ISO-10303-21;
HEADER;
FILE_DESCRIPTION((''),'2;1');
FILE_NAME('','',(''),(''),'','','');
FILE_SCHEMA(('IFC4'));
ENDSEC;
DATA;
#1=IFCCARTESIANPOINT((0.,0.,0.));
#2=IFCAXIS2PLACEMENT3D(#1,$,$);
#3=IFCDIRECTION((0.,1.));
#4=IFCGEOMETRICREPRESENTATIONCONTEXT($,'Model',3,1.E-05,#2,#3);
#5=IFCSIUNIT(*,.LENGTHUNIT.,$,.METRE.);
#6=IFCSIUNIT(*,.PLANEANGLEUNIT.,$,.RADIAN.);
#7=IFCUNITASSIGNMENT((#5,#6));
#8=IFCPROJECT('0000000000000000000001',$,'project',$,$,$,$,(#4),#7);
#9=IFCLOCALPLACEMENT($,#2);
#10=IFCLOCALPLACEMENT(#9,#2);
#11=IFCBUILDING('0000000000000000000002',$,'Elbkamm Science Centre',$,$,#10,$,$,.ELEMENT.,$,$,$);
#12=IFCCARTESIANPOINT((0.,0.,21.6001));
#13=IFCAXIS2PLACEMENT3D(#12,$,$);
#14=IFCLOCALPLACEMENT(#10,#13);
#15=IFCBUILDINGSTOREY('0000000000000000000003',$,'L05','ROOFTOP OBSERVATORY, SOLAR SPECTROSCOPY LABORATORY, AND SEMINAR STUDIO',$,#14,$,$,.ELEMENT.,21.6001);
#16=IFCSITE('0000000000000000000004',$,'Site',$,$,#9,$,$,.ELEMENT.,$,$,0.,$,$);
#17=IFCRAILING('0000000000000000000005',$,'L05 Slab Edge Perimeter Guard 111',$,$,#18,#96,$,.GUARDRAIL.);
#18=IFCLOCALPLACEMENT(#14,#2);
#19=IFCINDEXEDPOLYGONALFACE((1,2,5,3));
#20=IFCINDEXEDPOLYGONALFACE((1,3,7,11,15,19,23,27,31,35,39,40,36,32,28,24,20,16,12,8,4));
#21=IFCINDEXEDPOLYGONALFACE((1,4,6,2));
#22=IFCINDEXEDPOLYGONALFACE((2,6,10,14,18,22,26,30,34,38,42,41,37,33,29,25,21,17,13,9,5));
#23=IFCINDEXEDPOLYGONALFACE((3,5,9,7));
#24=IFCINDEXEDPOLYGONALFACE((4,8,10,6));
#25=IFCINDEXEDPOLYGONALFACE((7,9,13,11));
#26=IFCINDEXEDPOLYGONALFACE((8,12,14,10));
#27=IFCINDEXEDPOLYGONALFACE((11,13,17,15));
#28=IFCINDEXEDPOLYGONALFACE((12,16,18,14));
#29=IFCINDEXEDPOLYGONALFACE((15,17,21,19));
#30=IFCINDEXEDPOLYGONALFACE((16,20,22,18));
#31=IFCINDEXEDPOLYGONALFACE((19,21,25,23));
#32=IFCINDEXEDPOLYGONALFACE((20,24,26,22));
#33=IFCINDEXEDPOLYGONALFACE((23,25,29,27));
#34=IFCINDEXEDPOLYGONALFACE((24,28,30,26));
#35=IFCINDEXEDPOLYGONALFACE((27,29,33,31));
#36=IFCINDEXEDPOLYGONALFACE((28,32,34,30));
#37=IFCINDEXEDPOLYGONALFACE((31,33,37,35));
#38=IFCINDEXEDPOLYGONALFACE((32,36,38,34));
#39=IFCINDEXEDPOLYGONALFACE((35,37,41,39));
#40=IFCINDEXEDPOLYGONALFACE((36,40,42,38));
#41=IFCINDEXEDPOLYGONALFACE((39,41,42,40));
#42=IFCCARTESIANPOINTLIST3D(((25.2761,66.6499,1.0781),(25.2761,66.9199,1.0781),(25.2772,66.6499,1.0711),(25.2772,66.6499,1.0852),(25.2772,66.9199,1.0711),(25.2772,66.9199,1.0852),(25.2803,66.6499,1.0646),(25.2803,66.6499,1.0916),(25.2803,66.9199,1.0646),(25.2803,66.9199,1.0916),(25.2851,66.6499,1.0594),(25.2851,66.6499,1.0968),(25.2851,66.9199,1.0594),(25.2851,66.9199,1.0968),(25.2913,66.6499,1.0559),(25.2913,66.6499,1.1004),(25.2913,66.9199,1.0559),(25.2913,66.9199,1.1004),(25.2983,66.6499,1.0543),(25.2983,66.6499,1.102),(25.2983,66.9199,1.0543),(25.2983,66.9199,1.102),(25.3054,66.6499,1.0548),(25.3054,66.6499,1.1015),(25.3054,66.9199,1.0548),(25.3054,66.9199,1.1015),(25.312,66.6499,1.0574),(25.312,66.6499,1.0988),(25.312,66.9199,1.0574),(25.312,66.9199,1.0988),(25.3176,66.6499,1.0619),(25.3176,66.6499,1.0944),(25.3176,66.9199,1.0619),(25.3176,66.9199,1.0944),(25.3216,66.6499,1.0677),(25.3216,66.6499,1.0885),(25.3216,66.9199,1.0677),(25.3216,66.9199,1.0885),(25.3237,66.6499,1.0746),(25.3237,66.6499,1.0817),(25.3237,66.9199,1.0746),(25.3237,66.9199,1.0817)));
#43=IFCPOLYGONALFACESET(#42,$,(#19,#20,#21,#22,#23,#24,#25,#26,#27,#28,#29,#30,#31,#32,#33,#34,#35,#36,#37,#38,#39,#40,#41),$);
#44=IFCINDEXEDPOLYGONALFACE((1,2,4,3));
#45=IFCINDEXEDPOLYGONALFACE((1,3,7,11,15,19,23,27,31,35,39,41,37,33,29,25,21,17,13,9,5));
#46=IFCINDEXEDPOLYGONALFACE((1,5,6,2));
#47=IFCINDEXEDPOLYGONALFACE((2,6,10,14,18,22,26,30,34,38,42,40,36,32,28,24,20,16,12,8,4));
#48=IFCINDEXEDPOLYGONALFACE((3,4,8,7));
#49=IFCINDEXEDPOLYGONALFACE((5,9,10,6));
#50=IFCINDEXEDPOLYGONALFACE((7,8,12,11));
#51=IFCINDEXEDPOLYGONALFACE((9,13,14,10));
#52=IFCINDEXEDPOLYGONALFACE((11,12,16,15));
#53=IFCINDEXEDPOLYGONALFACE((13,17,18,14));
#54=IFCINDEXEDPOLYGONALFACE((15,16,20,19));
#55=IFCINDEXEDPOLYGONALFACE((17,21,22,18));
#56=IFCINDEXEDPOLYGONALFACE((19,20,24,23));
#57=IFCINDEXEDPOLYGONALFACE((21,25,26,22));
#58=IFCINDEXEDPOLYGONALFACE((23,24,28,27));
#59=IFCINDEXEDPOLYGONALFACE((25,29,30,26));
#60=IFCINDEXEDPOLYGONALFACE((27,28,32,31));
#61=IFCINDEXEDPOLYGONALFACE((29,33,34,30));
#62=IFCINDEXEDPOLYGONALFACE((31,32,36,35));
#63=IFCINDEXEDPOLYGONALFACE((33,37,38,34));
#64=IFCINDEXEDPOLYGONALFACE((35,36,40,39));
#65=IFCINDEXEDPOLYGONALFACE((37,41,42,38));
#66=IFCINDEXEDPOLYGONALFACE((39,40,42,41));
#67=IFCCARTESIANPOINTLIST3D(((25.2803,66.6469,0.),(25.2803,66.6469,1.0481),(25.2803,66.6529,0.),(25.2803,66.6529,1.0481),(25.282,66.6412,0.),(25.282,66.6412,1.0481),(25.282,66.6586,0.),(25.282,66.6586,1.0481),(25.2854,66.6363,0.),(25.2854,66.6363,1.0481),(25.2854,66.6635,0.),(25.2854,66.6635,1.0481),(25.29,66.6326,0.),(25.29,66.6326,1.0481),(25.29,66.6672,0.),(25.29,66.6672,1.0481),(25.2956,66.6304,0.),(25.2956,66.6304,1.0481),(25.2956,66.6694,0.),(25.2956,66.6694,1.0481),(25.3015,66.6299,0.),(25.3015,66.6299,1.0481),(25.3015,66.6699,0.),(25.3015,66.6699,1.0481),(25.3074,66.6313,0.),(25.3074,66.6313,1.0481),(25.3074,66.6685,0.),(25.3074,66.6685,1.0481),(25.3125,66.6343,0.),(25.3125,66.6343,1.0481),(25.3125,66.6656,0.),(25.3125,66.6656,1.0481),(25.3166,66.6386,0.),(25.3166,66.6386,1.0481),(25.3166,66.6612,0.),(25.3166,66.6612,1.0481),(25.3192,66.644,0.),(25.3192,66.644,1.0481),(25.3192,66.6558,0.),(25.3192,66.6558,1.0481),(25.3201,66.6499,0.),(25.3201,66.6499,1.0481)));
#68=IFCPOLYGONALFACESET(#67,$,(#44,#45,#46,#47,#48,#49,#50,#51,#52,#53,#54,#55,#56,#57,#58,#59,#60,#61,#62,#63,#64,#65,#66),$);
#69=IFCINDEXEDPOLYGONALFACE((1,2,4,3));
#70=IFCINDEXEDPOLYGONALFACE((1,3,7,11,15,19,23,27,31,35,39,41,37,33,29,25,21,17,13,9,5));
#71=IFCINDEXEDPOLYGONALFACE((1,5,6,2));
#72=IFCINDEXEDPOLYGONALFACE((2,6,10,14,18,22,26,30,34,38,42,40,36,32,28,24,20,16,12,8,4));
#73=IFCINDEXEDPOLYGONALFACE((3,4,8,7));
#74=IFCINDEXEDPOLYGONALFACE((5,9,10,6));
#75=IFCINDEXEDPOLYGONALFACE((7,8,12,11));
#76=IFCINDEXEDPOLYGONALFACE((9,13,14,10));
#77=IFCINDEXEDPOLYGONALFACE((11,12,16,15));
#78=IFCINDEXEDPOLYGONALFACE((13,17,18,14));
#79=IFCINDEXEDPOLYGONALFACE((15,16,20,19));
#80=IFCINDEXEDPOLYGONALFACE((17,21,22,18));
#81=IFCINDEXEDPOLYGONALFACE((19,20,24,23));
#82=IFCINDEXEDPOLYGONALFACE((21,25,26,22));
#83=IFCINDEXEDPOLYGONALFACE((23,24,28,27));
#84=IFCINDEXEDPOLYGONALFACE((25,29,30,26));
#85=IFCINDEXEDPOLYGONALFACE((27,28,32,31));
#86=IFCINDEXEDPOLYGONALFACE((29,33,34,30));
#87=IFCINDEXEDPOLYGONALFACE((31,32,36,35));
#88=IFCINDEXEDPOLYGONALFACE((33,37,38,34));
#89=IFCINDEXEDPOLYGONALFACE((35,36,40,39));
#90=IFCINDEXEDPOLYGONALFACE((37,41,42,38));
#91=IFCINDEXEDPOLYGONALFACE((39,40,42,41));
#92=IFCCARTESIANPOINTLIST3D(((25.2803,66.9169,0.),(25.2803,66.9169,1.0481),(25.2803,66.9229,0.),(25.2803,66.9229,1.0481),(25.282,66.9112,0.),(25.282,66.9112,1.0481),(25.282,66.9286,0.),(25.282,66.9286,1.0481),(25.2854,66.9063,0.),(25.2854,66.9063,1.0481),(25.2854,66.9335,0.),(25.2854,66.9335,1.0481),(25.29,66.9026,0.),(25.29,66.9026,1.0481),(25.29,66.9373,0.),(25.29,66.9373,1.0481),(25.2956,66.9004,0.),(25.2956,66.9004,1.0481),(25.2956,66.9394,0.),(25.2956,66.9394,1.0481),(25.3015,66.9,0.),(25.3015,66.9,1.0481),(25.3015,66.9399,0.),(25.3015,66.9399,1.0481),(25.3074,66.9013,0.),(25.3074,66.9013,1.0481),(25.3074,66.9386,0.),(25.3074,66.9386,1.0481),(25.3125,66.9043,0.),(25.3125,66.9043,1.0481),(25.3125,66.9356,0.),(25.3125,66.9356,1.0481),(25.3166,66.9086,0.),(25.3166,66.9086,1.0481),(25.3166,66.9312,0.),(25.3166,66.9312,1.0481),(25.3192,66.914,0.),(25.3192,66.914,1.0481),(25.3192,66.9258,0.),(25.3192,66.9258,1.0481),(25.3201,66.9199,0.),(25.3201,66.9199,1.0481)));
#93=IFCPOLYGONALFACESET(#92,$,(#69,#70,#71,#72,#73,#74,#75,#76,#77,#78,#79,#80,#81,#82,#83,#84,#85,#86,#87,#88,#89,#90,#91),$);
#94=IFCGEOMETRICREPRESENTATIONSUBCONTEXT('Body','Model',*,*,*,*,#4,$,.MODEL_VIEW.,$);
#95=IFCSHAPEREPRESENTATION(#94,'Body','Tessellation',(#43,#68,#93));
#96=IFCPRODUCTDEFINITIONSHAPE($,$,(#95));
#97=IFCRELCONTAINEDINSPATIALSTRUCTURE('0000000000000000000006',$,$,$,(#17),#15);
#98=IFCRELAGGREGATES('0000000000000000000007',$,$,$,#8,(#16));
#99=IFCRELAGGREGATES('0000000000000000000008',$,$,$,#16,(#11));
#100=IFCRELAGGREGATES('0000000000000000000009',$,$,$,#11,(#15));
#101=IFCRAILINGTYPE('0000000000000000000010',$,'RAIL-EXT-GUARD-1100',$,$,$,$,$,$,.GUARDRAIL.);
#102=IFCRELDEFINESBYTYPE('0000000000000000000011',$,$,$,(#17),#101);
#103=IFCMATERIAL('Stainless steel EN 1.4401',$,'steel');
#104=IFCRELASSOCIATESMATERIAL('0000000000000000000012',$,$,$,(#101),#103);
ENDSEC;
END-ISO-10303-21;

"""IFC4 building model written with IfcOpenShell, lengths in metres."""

from ifc_helpers import new_model, si_unit, direction, frame, origin, origin_2d, place, context, subcontext, project, spatial, circle, extrude, material, type_object, element, save


model = new_model("IFC4")

# Units and contexts
model_context = context("Model", 3, precision=1e-05, world=origin(), true_north=direction((0.0, 1.0)))
body_context = subcontext(model_context, "Body", "Model", "MODEL_VIEW")
ifc_project = project(units=[si_unit("LENGTHUNIT", "METRE"), si_unit("PLANEANGLEUNIT", "RADIAN")], contexts=[model_context])

# Site, building, storey
site_placement = place(None, origin())
site = spatial("IfcSite", under=ifc_project, at=site_placement, Name="Site", CompositionType="ELEMENT", RefElevation=0.0)
building_placement = place(site_placement, origin())
building = spatial("IfcBuilding", under=site, at=building_placement, Name="Elbkamm Science Centre", CompositionType="ELEMENT")
storey_placement = place(building_placement, frame((0.0, 0.0, 21.6001)))
storey = spatial("IfcBuildingStorey", under=building, at=storey_placement, Name="L05", Description="ROOFTOP OBSERVATORY, SOLAR SPECTROSCOPY LABORATORY, AND SEMINAR STUDIO", CompositionType="ELEMENT", Elevation=21.6001)

# Railing
ifc_material_1 = material(Name="Stainless steel EN 1.4401", Category="steel")
railing_type_1 = type_object("IfcRailingType", Name="RAIL-EXT-GUARD-1100", PredefinedType="GUARDRAIL", material=ifc_material_1)
railing_1_placement = place(storey_placement, frame((25.3, 66.6499, 0.0)))
element("IfcRailing", 1, at=railing_1_placement, inside=storey, type_object=railing_type_1, Name="L05 Slab Edge Perimeter Guard 111", PredefinedType="GUARDRAIL", context=body_context, shape_type="SweptSolid", body=[
    extrude(circle(Radius=0.0239, at=origin_2d()), frame((0.0, 0.0, 1.0781), z_axis=(0.0, 1.0, 0.0), x_axis=(-1.0, 0.0, 0.0)), (0.0, 0.0, 1.0), 0.27),
    extrude(circle(Radius=0.02, at=origin_2d()), origin(), (0.0, 0.0, 1.0), 1.0481),
    extrude(circle(Radius=0.02, at=origin_2d()), frame((0.0, 0.27, 0.0)), (0.0, 0.0, 1.0), 1.0481),
])

save(model, "model.ifc")
